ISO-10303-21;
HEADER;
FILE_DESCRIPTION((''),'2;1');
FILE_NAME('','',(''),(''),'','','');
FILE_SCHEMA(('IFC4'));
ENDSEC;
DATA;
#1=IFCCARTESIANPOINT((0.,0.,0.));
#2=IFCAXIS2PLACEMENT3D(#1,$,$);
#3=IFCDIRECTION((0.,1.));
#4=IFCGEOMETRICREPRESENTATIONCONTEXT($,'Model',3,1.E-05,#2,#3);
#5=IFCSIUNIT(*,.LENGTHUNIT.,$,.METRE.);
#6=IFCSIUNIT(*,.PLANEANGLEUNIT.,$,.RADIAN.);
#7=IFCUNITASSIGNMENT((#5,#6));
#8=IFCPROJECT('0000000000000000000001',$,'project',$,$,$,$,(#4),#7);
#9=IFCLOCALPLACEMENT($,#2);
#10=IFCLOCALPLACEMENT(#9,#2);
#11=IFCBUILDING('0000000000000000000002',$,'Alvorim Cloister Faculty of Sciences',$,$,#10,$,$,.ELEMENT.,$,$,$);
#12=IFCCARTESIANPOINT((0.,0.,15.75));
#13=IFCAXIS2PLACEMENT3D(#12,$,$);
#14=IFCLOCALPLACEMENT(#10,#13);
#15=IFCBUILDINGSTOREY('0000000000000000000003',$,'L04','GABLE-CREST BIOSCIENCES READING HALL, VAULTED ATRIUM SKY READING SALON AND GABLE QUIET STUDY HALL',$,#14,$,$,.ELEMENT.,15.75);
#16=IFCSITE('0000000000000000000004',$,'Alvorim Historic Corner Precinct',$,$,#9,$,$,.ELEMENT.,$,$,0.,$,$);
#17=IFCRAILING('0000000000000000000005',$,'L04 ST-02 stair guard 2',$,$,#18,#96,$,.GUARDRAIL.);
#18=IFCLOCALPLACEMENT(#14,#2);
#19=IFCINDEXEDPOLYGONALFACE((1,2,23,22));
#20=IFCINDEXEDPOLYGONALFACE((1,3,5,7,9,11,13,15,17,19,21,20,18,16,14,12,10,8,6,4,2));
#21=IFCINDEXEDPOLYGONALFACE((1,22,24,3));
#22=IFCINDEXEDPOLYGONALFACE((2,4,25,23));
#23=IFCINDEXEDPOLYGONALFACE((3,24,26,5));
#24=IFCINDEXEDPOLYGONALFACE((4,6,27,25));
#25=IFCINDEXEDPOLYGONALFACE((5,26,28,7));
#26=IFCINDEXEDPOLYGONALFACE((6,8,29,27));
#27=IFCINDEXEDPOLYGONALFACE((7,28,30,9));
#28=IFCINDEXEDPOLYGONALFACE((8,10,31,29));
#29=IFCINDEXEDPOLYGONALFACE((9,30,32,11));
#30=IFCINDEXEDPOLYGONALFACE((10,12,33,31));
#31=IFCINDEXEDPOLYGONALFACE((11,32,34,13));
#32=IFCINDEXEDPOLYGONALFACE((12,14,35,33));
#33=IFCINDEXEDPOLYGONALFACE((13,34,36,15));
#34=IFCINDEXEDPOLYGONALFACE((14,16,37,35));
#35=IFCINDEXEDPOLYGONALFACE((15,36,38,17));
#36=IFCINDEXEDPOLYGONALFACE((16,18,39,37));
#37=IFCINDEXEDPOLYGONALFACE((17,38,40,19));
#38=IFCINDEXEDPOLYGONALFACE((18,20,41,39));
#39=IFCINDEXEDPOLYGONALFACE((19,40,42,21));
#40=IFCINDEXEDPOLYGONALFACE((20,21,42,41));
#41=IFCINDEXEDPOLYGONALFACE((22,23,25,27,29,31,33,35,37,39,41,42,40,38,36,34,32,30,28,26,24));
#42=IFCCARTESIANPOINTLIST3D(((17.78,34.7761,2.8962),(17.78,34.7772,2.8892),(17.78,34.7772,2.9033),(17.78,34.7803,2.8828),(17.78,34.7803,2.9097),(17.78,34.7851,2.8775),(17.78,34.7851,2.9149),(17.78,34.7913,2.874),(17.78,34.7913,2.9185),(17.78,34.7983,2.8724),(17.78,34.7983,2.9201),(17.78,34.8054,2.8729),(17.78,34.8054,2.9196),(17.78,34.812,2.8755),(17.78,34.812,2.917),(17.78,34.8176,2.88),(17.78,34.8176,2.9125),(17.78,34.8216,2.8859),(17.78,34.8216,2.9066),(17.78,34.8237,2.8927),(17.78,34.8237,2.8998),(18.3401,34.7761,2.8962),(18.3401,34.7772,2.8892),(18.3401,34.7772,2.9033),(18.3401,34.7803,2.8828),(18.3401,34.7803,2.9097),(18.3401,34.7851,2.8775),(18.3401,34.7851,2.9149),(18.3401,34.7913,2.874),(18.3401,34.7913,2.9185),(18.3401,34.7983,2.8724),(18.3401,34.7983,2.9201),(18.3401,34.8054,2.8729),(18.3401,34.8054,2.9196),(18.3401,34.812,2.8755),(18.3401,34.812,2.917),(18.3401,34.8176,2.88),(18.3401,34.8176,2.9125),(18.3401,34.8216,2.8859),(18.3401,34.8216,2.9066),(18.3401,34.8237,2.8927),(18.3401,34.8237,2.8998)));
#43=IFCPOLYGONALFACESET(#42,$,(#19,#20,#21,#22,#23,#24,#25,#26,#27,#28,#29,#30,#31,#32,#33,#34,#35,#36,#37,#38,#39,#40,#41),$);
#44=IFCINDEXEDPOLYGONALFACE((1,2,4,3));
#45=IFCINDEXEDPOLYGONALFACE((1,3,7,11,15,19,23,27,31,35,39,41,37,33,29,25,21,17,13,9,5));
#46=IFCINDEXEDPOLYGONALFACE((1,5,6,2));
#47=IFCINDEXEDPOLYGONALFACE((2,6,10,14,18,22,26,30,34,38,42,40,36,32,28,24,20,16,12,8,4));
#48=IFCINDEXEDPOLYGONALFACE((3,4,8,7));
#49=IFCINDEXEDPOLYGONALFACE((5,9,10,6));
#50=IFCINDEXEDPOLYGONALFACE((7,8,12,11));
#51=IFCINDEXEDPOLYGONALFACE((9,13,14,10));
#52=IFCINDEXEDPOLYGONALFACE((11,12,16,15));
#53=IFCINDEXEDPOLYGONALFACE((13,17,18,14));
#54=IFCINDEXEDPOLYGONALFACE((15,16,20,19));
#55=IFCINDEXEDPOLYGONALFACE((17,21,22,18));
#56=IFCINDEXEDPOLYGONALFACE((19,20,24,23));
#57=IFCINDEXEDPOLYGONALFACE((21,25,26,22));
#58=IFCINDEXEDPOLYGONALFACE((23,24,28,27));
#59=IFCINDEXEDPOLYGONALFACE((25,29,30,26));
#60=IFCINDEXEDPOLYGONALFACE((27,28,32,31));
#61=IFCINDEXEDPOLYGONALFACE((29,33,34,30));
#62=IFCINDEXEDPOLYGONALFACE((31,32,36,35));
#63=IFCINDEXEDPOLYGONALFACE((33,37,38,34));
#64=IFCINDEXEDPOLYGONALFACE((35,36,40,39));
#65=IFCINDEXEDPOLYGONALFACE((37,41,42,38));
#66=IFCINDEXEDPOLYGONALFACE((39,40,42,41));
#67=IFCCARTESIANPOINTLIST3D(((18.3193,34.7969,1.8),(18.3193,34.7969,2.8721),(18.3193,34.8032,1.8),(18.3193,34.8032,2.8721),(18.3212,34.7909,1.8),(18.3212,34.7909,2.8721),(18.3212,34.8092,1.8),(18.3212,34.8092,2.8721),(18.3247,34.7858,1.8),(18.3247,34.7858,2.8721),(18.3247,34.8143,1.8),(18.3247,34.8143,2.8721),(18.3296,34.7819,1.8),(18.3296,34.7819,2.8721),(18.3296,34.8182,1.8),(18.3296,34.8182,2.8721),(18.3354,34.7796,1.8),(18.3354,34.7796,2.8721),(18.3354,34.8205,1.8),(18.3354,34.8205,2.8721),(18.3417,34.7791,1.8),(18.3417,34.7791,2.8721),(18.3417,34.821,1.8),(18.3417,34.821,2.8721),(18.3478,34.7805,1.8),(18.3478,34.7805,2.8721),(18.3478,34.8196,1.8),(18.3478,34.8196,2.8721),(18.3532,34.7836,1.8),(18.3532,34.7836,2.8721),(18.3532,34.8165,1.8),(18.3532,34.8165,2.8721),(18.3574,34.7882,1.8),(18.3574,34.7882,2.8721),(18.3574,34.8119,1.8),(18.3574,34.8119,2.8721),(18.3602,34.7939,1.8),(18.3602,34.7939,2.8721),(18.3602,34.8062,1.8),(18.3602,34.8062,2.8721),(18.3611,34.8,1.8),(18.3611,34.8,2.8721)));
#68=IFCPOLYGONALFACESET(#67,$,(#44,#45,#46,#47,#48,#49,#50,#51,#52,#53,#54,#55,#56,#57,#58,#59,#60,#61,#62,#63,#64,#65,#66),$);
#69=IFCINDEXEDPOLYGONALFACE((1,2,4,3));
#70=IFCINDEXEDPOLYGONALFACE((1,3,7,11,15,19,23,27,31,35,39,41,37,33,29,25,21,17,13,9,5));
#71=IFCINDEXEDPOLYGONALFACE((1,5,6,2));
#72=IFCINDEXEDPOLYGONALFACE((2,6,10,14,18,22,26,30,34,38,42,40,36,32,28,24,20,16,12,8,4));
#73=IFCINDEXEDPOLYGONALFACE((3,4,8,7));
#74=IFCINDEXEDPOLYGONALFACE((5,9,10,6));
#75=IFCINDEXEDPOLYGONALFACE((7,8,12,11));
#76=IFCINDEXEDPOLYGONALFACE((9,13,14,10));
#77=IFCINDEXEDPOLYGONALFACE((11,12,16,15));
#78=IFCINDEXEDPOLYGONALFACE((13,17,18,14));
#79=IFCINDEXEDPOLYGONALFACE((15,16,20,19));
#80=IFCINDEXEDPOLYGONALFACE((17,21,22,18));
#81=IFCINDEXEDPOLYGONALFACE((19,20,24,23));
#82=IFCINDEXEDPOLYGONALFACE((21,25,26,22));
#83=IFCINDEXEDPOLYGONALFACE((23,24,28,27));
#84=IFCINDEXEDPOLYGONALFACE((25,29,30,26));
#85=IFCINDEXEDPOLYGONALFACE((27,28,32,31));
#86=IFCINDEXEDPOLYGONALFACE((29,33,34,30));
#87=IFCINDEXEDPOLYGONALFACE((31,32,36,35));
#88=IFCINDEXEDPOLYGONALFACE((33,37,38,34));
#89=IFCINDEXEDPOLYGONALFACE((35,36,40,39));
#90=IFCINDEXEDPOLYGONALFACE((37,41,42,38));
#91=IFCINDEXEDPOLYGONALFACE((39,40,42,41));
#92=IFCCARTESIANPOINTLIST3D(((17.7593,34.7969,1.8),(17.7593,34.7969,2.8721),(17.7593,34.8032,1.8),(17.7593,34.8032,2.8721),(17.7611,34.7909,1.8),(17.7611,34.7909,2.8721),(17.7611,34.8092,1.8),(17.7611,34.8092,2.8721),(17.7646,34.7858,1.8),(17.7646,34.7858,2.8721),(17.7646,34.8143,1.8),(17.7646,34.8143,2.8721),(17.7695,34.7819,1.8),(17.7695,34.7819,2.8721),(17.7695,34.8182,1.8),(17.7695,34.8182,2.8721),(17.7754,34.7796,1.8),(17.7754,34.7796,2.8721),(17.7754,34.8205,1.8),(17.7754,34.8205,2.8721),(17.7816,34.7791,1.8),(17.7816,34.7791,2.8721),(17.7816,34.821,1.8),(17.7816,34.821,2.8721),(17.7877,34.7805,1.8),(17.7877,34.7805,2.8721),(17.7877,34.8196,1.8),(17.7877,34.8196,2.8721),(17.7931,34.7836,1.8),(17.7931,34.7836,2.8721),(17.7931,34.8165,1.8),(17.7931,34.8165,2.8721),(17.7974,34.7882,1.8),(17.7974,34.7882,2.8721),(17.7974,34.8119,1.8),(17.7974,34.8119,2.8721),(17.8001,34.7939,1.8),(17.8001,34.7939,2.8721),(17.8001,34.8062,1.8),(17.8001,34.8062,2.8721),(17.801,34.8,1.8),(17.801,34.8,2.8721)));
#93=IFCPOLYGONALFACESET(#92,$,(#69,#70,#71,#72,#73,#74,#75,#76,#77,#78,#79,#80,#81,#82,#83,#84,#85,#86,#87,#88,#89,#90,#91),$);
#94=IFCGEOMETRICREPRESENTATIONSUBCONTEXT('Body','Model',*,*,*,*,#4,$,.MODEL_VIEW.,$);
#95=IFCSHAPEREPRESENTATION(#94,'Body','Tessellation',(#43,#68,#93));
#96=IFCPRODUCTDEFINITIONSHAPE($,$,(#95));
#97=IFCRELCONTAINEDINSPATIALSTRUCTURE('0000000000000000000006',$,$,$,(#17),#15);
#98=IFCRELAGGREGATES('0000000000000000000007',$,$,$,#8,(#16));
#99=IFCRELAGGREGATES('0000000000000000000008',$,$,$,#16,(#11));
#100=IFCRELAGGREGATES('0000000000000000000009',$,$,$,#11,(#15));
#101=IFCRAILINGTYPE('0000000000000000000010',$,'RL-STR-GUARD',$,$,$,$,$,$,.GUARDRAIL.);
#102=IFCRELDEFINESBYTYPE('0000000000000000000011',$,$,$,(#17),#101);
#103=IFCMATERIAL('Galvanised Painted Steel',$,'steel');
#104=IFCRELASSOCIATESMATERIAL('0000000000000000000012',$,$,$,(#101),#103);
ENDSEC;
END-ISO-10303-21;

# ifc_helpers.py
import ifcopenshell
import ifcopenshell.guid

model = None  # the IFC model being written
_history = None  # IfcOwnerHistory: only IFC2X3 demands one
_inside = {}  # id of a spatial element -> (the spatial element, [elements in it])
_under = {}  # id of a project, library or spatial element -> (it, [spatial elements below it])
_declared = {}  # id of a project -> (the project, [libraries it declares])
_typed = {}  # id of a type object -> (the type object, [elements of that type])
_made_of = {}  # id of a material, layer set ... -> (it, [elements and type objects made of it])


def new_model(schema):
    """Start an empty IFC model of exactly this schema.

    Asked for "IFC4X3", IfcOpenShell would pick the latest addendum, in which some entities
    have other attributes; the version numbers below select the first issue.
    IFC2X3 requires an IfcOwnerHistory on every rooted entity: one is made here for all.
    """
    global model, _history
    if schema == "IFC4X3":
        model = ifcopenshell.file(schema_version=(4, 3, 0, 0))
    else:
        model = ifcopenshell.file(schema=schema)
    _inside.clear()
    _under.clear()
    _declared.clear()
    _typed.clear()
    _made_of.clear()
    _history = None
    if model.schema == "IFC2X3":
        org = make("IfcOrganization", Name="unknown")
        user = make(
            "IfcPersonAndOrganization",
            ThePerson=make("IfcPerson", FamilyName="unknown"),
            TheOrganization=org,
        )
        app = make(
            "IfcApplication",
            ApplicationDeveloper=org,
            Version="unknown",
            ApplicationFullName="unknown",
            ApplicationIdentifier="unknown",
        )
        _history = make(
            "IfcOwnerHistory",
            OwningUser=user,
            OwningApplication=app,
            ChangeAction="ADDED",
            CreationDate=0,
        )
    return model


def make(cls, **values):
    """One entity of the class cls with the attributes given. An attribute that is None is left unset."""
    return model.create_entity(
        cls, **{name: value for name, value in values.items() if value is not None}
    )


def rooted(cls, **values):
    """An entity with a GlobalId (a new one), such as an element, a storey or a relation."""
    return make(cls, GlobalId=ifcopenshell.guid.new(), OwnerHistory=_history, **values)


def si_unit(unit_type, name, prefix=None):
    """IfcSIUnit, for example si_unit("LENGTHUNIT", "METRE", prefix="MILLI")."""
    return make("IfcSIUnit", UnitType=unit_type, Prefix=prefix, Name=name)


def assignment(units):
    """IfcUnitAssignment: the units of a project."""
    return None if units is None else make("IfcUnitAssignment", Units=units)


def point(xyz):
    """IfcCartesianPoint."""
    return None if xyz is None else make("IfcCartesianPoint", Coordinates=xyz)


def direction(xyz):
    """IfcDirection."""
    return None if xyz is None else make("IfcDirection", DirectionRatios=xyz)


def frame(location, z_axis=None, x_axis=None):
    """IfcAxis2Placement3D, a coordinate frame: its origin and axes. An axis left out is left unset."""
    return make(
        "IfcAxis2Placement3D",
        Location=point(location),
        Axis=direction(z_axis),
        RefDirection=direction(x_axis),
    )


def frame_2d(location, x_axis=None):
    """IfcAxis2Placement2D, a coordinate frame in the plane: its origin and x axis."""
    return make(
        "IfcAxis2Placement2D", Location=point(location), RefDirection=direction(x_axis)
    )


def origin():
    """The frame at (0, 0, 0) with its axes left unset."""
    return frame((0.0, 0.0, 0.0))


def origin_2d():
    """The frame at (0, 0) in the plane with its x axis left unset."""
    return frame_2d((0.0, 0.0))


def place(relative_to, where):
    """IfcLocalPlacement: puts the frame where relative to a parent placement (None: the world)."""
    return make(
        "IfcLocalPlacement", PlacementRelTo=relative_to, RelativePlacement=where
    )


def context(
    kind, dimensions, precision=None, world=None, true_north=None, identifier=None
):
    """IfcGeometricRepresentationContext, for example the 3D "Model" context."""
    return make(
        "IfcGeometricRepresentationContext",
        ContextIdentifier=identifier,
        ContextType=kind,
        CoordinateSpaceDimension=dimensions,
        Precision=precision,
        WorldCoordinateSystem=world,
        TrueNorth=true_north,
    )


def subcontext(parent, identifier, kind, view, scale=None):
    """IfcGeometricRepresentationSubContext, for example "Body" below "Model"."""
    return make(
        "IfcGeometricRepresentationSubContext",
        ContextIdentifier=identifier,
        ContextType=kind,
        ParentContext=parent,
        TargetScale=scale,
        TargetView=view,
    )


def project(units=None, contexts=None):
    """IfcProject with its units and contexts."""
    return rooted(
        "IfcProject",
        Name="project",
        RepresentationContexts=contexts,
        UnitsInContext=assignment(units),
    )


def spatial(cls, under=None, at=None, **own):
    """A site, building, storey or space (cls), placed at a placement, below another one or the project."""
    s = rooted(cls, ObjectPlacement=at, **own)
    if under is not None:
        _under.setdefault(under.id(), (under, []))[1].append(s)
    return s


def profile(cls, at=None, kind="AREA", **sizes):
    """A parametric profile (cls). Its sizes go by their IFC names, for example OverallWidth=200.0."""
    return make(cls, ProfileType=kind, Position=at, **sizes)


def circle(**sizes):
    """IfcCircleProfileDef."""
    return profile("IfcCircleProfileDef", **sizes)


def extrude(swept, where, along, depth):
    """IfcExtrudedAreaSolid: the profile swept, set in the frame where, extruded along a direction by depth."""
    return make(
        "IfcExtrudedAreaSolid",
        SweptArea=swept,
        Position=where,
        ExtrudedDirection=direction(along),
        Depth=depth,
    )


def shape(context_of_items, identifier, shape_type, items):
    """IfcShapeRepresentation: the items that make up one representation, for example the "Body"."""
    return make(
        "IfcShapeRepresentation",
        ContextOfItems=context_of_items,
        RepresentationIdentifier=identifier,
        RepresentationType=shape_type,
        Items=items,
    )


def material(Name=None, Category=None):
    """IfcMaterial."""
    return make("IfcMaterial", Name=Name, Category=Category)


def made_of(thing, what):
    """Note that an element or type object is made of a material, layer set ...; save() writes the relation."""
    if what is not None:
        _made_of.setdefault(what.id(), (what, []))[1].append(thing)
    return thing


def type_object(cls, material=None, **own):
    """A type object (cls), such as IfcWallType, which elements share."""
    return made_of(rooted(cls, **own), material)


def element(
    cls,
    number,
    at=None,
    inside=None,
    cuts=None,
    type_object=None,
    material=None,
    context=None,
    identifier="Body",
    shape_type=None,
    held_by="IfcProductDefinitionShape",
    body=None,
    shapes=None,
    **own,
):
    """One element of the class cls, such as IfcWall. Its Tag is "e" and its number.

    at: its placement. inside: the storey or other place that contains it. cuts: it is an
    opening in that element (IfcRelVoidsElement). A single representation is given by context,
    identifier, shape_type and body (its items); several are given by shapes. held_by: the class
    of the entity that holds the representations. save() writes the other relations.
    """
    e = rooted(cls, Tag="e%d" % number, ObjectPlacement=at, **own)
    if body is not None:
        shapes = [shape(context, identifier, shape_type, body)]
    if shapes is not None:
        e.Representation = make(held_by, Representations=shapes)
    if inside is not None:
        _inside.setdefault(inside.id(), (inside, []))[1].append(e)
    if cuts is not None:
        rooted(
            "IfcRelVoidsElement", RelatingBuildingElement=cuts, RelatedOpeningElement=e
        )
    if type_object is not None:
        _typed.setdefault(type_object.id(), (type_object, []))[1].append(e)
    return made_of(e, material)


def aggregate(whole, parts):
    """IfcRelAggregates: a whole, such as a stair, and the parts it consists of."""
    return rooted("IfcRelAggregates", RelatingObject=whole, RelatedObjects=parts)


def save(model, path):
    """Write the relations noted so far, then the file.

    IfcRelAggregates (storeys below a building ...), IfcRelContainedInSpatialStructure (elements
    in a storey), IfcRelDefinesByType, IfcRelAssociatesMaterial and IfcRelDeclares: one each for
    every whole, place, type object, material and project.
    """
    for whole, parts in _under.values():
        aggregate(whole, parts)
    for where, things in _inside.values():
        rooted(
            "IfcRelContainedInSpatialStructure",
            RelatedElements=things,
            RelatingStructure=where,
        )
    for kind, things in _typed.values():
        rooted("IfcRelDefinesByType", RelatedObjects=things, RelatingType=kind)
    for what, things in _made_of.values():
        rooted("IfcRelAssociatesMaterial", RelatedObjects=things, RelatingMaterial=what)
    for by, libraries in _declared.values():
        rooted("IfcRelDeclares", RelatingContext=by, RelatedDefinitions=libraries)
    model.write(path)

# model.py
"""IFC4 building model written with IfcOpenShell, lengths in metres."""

from ifc_helpers import new_model, si_unit, direction, frame, origin, origin_2d, place, context, subcontext, project, spatial, circle, extrude, material, type_object, element, save


model = new_model("IFC4")

# Units and contexts
model_context = context("Model", 3, precision=1e-05, world=origin(), true_north=direction((0.0, 1.0)))
body_context = subcontext(model_context, "Body", "Model", "MODEL_VIEW")
ifc_project = project(units=[si_unit("LENGTHUNIT", "METRE"), si_unit("PLANEANGLEUNIT", "RADIAN")], contexts=[model_context])

# Site, building, storey
site_placement = place(None, origin())
site = spatial("IfcSite", under=ifc_project, at=site_placement, Name="Alvorim Historic Corner Precinct", CompositionType="ELEMENT", RefElevation=0.0)
building_placement = place(site_placement, origin())
building = spatial("IfcBuilding", under=site, at=building_placement, Name="Alvorim Cloister Faculty of Sciences", CompositionType="ELEMENT")
storey_placement = place(building_placement, frame((0.0, 0.0, 15.75)))
storey = spatial("IfcBuildingStorey", under=building, at=storey_placement, Name="L04", Description="GABLE-CREST BIOSCIENCES READING HALL, VAULTED ATRIUM SKY READING SALON AND GABLE QUIET STUDY HALL", CompositionType="ELEMENT", Elevation=15.75)

# Railing
ifc_material_1 = material(Name="Galvanised Painted Steel", Category="steel")
railing_type_1 = type_object("IfcRailingType", Name="RL-STR-GUARD", PredefinedType="GUARDRAIL", material=ifc_material_1)
railing_1_placement = place(storey_placement, frame((18.3401, 34.8, 1.8)))
element("IfcRailing", 1, at=railing_1_placement, inside=storey, type_object=railing_type_1, Name="L04 ST-02 stair guard 2", PredefinedType="GUARDRAIL", context=body_context, shape_type="SweptSolid", body=[
    extrude(circle(Radius=0.0239, at=origin_2d()), frame((0.0, 0.0, 1.0962), z_axis=(-1.0, 0.0, 0.0), x_axis=(0.0, -1.0, 0.0)), (0.0, 0.0, 1.0), 0.5601),
    extrude(circle(Radius=0.021, at=origin_2d()), origin(), (0.0, 0.0, 1.0), 1.072),
    extrude(circle(Radius=0.021, at=origin_2d()), frame((-0.5601, 0.0, 0.0)), (0.0, 0.0, 1.0), 1.072),
])

save(model, "model.ifc")
